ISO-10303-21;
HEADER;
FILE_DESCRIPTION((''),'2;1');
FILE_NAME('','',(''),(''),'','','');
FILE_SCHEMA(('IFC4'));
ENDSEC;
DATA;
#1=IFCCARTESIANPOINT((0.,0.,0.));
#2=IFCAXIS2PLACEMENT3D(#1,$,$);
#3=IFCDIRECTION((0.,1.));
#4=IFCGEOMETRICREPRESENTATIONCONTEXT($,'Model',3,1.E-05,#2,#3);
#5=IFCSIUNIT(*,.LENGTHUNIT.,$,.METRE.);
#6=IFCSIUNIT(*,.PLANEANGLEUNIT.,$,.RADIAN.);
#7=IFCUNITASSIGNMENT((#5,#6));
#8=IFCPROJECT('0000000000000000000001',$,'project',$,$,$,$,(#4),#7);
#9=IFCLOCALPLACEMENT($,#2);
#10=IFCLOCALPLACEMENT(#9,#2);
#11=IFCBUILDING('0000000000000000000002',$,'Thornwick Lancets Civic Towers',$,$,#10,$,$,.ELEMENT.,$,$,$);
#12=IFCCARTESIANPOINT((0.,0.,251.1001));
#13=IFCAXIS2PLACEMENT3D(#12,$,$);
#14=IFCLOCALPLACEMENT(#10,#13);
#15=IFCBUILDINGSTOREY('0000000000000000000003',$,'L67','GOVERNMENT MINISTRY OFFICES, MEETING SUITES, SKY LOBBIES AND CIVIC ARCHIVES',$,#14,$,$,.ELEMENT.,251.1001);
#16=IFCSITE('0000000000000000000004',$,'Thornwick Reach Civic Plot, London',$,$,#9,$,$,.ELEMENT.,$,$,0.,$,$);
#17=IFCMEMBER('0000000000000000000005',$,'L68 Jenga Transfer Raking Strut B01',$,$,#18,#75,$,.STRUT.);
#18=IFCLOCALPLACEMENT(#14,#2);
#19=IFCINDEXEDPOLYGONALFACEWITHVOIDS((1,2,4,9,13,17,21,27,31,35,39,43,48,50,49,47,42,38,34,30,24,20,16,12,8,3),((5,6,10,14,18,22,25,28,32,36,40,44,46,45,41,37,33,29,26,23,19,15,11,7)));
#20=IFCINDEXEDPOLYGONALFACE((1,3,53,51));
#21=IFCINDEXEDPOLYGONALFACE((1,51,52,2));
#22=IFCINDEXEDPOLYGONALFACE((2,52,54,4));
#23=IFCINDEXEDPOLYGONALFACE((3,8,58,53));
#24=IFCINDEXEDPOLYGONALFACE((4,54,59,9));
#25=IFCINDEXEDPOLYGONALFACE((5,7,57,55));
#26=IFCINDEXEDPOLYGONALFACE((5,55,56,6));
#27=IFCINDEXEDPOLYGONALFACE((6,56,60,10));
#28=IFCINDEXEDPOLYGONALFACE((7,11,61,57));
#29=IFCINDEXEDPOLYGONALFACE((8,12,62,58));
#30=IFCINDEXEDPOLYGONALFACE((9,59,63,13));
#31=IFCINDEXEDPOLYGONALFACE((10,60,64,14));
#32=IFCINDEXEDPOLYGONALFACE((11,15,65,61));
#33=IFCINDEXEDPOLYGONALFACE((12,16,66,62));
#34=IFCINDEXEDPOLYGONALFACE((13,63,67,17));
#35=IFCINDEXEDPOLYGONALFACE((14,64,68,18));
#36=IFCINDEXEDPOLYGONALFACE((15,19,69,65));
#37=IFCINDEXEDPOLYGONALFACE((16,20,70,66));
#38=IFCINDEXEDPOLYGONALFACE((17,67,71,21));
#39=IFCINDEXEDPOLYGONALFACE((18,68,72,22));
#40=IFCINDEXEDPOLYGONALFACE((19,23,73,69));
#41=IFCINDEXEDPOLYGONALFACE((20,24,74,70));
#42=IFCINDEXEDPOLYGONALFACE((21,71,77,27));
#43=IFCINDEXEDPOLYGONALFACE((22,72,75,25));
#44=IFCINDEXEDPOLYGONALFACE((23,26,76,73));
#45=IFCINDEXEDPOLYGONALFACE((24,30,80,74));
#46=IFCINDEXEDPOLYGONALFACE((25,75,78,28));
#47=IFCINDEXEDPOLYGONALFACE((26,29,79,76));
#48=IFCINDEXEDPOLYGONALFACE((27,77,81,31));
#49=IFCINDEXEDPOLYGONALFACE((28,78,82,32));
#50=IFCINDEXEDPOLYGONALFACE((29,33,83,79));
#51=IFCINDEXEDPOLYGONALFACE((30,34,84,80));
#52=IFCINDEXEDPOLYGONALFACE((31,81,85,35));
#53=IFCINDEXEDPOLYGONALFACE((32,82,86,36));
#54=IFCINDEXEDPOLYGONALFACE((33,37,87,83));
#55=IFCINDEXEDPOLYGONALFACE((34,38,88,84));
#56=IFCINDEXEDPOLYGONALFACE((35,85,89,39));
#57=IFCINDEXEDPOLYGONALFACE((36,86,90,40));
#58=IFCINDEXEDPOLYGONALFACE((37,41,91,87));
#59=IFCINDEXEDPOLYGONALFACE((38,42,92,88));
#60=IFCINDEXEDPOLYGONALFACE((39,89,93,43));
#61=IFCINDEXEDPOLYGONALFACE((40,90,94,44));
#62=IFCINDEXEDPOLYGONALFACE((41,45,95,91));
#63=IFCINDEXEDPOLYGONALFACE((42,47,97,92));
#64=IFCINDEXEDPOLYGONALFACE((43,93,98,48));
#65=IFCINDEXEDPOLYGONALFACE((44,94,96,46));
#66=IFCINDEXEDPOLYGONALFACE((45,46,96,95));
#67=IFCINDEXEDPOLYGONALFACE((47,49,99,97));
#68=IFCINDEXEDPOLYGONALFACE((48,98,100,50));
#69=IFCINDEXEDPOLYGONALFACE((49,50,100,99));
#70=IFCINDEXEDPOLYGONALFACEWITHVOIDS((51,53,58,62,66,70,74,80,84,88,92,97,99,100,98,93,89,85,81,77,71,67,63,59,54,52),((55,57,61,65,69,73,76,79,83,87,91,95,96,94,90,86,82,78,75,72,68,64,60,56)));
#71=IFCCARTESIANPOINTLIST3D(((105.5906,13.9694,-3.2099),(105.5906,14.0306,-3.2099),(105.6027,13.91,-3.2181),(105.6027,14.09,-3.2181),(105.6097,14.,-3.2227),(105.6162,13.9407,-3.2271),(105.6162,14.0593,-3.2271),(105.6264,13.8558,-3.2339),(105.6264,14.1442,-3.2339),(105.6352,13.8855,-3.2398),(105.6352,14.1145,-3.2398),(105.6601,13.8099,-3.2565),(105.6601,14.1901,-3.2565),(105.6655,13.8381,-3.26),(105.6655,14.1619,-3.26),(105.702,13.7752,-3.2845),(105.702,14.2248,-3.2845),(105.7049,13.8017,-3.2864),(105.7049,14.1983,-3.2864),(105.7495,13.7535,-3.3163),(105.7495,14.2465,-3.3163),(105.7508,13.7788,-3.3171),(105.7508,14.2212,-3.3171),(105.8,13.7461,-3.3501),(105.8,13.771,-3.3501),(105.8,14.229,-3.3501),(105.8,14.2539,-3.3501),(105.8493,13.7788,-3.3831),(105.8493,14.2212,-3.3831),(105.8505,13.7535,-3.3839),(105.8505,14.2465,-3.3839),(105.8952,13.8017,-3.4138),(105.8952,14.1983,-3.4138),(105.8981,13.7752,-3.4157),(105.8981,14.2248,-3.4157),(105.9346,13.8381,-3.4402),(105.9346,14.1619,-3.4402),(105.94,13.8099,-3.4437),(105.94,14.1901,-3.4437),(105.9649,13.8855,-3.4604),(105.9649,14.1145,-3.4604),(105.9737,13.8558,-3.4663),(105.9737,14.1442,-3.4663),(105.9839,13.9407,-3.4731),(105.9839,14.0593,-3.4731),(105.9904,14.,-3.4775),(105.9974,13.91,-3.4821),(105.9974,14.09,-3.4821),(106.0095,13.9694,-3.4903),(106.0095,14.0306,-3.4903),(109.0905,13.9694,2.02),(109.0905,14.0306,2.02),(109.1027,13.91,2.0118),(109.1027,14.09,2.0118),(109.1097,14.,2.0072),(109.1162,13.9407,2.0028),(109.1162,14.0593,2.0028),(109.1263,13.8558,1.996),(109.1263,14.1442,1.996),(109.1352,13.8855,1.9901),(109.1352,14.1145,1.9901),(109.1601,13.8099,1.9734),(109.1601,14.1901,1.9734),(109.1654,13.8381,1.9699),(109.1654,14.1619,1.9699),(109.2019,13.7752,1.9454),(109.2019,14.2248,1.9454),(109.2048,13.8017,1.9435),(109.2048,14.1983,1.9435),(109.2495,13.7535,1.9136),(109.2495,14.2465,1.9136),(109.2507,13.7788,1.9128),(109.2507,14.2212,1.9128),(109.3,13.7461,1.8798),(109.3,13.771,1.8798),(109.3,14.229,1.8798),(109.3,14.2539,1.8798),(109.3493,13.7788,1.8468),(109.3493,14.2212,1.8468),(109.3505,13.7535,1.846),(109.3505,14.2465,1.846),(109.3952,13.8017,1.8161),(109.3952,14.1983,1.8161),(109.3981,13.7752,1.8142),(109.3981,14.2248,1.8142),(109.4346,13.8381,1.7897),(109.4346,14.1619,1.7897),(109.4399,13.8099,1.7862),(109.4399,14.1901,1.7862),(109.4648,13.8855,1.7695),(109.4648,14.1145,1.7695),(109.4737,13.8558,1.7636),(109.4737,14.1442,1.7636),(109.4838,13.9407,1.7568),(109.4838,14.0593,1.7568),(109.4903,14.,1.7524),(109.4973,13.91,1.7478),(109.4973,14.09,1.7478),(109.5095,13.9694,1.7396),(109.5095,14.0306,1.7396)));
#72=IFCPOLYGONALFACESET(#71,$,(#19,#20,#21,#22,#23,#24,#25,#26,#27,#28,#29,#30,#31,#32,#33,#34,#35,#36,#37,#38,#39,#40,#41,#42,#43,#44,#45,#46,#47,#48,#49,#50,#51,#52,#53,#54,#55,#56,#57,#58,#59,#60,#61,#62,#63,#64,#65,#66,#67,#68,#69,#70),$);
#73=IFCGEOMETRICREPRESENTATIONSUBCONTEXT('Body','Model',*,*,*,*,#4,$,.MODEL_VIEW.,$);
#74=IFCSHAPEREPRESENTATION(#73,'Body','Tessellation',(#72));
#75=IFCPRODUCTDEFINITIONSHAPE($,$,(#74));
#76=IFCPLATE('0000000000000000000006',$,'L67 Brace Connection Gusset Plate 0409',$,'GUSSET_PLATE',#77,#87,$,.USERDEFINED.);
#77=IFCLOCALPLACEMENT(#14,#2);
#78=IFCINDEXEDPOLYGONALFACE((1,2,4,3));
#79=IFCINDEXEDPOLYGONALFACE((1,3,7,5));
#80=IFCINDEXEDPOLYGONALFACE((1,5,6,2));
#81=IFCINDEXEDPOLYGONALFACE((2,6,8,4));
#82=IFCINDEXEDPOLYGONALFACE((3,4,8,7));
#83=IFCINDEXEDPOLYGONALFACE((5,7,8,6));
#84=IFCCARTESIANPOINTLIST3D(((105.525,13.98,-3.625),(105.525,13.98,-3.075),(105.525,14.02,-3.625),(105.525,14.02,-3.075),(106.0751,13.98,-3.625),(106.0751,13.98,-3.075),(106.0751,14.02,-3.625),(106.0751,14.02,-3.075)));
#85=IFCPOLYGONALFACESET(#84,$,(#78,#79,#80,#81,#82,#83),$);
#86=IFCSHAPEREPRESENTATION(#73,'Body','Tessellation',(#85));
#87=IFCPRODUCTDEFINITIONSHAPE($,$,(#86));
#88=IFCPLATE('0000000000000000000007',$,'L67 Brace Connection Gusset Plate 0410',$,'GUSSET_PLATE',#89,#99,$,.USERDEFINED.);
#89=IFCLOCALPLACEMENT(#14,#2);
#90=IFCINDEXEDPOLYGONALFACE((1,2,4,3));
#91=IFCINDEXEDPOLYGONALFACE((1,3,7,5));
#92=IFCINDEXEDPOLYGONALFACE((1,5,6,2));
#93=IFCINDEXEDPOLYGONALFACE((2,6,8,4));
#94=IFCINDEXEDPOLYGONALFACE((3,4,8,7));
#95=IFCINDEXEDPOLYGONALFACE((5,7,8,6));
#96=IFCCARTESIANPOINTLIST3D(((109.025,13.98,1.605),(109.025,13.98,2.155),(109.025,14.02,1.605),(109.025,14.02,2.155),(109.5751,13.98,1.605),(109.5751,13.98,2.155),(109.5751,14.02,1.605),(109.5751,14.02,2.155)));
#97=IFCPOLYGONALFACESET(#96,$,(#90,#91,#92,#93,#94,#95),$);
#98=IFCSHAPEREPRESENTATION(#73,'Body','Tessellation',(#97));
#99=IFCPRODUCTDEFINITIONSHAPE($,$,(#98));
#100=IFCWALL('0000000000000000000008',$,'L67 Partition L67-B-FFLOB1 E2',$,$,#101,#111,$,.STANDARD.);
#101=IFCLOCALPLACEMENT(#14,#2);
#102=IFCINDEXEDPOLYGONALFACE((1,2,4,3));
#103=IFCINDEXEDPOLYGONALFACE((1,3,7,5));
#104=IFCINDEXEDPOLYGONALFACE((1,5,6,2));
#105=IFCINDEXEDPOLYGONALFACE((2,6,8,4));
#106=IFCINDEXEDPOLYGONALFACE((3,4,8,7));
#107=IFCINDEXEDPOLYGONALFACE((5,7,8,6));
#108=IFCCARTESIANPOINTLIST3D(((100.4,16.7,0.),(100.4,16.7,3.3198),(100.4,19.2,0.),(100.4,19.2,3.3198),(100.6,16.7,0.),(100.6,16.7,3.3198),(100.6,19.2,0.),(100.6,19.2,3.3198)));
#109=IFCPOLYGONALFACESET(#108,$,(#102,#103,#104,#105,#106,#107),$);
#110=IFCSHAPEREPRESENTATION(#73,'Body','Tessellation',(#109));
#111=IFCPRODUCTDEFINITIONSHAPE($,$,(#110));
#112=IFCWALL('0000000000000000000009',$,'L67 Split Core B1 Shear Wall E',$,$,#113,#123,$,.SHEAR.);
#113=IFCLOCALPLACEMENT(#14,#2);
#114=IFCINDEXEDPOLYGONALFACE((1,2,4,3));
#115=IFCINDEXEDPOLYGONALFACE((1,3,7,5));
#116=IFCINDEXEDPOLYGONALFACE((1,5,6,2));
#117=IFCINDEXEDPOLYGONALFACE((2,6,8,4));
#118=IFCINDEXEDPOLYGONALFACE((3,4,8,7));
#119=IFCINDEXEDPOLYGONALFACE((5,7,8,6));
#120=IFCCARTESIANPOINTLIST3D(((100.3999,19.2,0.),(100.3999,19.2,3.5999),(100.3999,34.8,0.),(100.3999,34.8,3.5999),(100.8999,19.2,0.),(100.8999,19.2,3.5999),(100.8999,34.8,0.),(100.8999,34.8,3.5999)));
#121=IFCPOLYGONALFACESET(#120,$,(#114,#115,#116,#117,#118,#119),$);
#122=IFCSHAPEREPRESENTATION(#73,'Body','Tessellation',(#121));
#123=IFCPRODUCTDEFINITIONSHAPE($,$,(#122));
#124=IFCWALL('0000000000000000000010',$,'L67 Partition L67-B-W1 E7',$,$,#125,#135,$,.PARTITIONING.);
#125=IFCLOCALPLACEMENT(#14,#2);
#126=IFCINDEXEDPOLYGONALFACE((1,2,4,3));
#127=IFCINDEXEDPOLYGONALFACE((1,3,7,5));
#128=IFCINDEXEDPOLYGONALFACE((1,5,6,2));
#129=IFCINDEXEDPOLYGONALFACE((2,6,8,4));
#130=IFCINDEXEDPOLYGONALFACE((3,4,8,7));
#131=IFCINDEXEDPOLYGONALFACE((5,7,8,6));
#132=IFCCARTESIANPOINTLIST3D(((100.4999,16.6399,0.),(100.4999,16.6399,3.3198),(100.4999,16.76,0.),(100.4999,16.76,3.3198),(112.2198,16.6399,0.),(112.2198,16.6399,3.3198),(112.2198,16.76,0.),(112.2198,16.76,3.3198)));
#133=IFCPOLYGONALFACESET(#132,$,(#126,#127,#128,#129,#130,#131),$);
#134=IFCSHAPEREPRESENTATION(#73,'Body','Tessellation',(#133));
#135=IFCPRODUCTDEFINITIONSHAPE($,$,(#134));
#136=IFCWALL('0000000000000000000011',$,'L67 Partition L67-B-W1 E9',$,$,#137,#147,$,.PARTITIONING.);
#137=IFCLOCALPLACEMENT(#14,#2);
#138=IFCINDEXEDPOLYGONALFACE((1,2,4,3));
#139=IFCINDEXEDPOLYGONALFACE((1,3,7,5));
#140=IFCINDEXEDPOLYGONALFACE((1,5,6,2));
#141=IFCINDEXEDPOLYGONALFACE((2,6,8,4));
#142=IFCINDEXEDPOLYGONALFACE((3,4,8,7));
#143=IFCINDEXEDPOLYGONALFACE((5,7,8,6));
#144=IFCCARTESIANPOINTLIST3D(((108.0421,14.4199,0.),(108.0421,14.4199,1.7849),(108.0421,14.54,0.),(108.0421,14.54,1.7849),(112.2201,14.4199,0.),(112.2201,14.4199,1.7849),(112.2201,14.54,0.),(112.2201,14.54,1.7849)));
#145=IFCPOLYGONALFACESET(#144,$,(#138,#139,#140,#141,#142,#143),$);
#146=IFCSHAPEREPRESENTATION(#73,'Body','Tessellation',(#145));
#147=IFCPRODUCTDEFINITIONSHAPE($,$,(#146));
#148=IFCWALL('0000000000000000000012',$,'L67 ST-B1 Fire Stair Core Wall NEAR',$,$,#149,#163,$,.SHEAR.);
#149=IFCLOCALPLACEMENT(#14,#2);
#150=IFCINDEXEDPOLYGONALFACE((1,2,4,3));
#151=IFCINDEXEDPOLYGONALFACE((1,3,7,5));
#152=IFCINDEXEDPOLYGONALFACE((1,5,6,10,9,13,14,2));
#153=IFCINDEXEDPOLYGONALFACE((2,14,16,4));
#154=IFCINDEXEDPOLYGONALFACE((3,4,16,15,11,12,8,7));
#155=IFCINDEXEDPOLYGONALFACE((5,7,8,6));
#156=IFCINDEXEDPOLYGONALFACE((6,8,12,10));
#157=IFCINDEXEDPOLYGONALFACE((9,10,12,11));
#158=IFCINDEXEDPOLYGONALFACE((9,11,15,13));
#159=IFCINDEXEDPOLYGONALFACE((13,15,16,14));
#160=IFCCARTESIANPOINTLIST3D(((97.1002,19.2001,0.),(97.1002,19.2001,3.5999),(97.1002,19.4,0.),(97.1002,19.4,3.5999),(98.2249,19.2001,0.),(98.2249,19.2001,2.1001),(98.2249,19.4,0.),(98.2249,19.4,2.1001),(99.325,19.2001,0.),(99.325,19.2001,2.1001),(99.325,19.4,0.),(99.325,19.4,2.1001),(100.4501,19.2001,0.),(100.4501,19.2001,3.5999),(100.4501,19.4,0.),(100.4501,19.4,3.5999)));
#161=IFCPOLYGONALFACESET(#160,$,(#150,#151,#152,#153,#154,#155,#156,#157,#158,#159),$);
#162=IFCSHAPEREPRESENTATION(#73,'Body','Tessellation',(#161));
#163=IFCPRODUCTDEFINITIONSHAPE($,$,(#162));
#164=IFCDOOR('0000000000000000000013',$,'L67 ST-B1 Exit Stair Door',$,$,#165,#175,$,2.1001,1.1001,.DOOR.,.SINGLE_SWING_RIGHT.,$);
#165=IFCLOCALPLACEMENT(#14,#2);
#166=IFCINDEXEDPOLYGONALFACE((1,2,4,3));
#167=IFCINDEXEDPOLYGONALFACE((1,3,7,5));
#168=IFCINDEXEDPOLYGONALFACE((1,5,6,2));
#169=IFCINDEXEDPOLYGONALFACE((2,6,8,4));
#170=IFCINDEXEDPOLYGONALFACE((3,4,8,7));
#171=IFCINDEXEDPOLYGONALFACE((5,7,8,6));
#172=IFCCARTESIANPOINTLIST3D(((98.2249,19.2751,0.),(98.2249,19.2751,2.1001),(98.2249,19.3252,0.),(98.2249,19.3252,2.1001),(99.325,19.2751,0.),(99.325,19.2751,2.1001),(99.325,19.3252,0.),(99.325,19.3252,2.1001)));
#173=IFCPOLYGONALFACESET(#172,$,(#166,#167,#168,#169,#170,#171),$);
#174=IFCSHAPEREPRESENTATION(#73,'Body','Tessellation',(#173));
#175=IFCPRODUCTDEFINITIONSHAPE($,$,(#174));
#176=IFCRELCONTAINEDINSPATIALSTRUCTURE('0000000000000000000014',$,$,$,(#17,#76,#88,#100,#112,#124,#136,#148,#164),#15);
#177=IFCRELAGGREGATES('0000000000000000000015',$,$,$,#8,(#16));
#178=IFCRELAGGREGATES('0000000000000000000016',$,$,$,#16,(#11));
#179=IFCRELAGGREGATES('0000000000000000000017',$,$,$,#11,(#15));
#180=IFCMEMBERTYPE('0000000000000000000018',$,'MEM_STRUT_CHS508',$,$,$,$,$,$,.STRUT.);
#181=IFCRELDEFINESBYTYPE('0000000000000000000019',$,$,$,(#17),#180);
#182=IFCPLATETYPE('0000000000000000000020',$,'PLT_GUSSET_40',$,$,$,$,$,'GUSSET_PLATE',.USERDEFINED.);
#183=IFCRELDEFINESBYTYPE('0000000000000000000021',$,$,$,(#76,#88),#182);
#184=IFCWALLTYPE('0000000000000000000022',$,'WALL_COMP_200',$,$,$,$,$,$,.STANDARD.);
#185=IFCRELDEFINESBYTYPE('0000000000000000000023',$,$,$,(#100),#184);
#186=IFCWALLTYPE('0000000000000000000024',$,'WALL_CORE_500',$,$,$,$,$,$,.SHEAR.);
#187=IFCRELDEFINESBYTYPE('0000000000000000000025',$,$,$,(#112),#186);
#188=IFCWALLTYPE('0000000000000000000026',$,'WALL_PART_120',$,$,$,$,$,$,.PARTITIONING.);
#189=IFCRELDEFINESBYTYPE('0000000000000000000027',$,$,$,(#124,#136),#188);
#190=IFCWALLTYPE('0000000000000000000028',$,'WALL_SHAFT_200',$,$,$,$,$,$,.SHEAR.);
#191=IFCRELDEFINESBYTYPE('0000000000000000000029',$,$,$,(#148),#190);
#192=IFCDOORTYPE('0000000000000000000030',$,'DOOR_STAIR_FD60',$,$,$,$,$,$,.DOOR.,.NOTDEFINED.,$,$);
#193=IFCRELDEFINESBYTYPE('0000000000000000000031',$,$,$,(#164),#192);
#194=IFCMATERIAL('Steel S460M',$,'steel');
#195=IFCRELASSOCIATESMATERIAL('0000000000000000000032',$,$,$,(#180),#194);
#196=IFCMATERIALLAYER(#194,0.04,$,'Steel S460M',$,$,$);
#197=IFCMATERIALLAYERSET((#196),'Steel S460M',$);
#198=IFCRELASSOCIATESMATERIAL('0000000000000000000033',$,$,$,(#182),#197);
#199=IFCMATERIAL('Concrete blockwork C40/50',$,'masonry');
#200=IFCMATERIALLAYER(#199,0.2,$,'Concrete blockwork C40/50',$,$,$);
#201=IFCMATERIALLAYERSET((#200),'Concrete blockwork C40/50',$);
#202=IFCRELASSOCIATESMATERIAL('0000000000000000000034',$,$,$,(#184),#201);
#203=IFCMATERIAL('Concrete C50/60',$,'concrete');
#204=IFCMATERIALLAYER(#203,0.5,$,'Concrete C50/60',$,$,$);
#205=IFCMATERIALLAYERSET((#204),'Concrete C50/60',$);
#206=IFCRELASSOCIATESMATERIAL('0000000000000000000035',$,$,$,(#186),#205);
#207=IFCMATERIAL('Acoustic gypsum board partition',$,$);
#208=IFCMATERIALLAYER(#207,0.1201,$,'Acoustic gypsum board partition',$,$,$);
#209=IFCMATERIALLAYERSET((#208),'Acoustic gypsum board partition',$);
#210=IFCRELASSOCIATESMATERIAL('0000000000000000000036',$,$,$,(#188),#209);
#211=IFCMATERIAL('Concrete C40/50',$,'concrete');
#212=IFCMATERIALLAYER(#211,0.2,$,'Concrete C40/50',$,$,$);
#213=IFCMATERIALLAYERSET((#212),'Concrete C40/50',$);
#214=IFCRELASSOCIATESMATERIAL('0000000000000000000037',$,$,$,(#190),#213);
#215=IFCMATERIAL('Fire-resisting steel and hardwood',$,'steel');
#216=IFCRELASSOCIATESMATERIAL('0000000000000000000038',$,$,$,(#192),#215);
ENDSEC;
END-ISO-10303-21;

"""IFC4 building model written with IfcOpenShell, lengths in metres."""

from ifc_helpers import new_model, si_unit, direction, frame, frame_2d, origin, origin_2d, place, context, subcontext, project, spatial, rectangle, hollow_circle, extrude, material, layer, layer_set, material_profile, profile_set, type_object, element, fill, save


model = new_model("IFC4")

# Units and contexts
model_context = context("Model", 3, precision=1e-05, world=origin(), true_north=direction((0.0, 1.0)))
body_context = subcontext(model_context, "Body", "Model", "MODEL_VIEW")
ifc_project = project(units=[si_unit("LENGTHUNIT", "METRE"), si_unit("PLANEANGLEUNIT", "RADIAN")], contexts=[model_context])

# Site, building, storey
site_placement = place(None, origin())
site = spatial("IfcSite", under=ifc_project, at=site_placement, Name="Thornwick Reach Civic Plot, London", CompositionType="ELEMENT", RefElevation=0.0)
building_placement = place(site_placement, origin())
building = spatial("IfcBuilding", under=site, at=building_placement, Name="Thornwick Lancets Civic Towers", CompositionType="ELEMENT")
storey_placement = place(building_placement, frame((0.0, 0.0, 251.1001)))
storey = spatial("IfcBuildingStorey", under=building, at=storey_placement, Name="L67", Description="GOVERNMENT MINISTRY OFFICES, MEETING SUITES, SKY LOBBIES AND CIVIC ARCHIVES", CompositionType="ELEMENT", Elevation=251.1001)

# Shared definitions
ifc_material_1 = material(Name="Concrete C50/60", Category="concrete")

# Shared definitions
ifc_material_2 = material(Name="Concrete C40/50", Category="concrete")

# Member
ifc_material_3 = material(Name="Steel S460M", Category="steel")
ifc_material_profile_1 = material_profile(ifc_material_3, hollow_circle(Radius=0.2539, WallThickness=0.0249, at=origin_2d()), Name="CHS 508x25")
ifc_profile_set_1 = profile_set([ifc_material_profile_1], Name="Steel S460M")
member_type = type_object("IfcMemberType", Name="MEM_STRUT_CHS508", PredefinedType="STRUT", material=ifc_profile_set_1)
member_placement = place(storey_placement, frame((105.8, 14.0, -3.3501), z_axis=(0.556168, 0.0, 0.83107), x_axis=(0.0, 1.0, 0.0)))
element("IfcMember", 1, at=member_placement, inside=storey, type_object=member_type, Name="L68 Jenga Transfer Raking Strut B01", PredefinedType="STRUT", context=body_context, shape_type="SweptSolid", body=[
    extrude(hollow_circle(Radius=0.2539, WallThickness=0.0249, at=origin_2d()), origin(), (0.0, 0.0, 1.0), 6.293),
])

# Plates
ifc_layer_1 = layer(ifc_material_3, 0.04, Name="Steel S460M")
ifc_layer_set_1 = layer_set([ifc_layer_1], Name="Steel S460M")
plate_type = type_object("IfcPlateType", Name="PLT_GUSSET_40", ElementType="GUSSET_PLATE", PredefinedType="USERDEFINED", material=ifc_layer_set_1)
for number, where, z_axis, x_axis, name in (
    (2, (105.8, 14.0, -3.625), (0.0, 0.0, 1.0), (1.0, 0.0, 0.0), "L67 Brace Connection Gusset Plate 0409"),
    (3, (109.3, 14.0, 1.605), (0.0, 0.0, 1.0), (1.0, 0.0, 0.0), "L67 Brace Connection Gusset Plate 0410"),
):
    element("IfcPlate", number, at=place(storey_placement, frame(where, z_axis=z_axis, x_axis=x_axis)), inside=storey, type_object=plate_type, Name=name, ObjectType="GUSSET_PLATE", PredefinedType="USERDEFINED", context=body_context, shape_type="SweptSolid", body=[
        extrude(rectangle(XDim=0.55, YDim=0.04, at=origin_2d()), origin(), (0.0, 0.0, 1.0), 0.55),
    ])

# Walls
ifc_material_4 = material(Name="Concrete blockwork C40/50", Category="masonry")
ifc_layer_2 = layer(ifc_material_4, 0.2, Name="Concrete blockwork C40/50")
ifc_layer_set_2 = layer_set([ifc_layer_2], Name="Concrete blockwork C40/50")
wall_type_1 = type_object("IfcWallType", Name="WALL_COMP_200", PredefinedType="STANDARD", material=ifc_layer_set_2)
wall_1_placement = place(storey_placement, frame((100.5, 16.7, 0.0), z_axis=(0.0, 0.0, 1.0), x_axis=(0.0, 1.0, 0.0)))
element("IfcWall", 4, at=wall_1_placement, inside=storey, type_object=wall_type_1, Name="L67 Partition L67-B-FFLOB1 E2", PredefinedType="STANDARD", context=body_context, shape_type="SweptSolid", body=[
    extrude(rectangle(XDim=2.5, YDim=0.2, at=frame_2d((1.25, 0.0))), origin(), (0.0, 0.0, 1.0), 3.3198),
])
ifc_layer_3 = layer(ifc_material_1, 0.5, Name="Concrete C50/60")
ifc_layer_set_3 = layer_set([ifc_layer_3], Name="Concrete C50/60")
wall_type_2 = type_object("IfcWallType", Name="WALL_CORE_500", PredefinedType="SHEAR", material=ifc_layer_set_3)
wall_2_placement = place(storey_placement, frame((100.6499, 19.2, 0.0), z_axis=(0.0, 0.0, 1.0), x_axis=(0.0, 1.0, 0.0)))
element("IfcWall", 5, at=wall_2_placement, inside=storey, type_object=wall_type_2, Name="L67 Split Core B1 Shear Wall E", PredefinedType="SHEAR", context=body_context, shape_type="SweptSolid", body=[
    extrude(rectangle(XDim=15.6001, YDim=0.5, at=frame_2d((7.8, 0.0))), origin(), (0.0, 0.0, 1.0), 3.5999),
])
ifc_material_5 = material(Name="Acoustic gypsum board partition")
ifc_layer_4 = layer(ifc_material_5, 0.1201, Name="Acoustic gypsum board partition")
ifc_layer_set_4 = layer_set([ifc_layer_4], Name="Acoustic gypsum board partition")
wall_type_3 = type_object("IfcWallType", Name="WALL_PART_120", PredefinedType="PARTITIONING", material=ifc_layer_set_4)
wall_3_placement = place(storey_placement, frame((100.5, 16.7, 0.0), z_axis=(0.0, 0.0, 1.0), x_axis=(1.0, 0.0, 0.0)))
element("IfcWall", 6, at=wall_3_placement, inside=storey, type_object=wall_type_3, Name="L67 Partition L67-B-W1 E7", PredefinedType="PARTITIONING", context=body_context, shape_type="SweptSolid", body=[
    extrude(rectangle(XDim=11.72, YDim=0.1201, at=frame_2d((5.8599, 0.0))), origin(), (0.0, 0.0, 1.0), 3.3198),
])
wall_4_placement = place(storey_placement, frame((112.22, 14.48, 0.0), z_axis=(0.0, 0.0, 1.0), x_axis=(-1.0, 0.0, 0.0)))
element("IfcWall", 7, at=wall_4_placement, inside=storey, type_object=wall_type_3, Name="L67 Partition L67-B-W1 E9", PredefinedType="PARTITIONING", context=body_context, shape_type="SweptSolid", body=[
    extrude(rectangle(XDim=4.178, YDim=0.1201, at=frame_2d((2.0889, 0.0))), origin(), (0.0, 0.0, 1.0), 1.7849),
])

# Wall, opening, door
ifc_layer_5 = layer(ifc_material_2, 0.2, Name="Concrete C40/50")
ifc_layer_set_5 = layer_set([ifc_layer_5], Name="Concrete C40/50")
wall_type_4 = type_object("IfcWallType", Name="WALL_SHAFT_200", PredefinedType="SHEAR", material=ifc_layer_set_5)
wall_5_placement = place(storey_placement, frame((100.45, 19.3, 0.0), z_axis=(0.0, 0.0, 1.0), x_axis=(-1.0, 0.0, 0.0)))
wall_5 = element("IfcWall", 8, at=wall_5_placement, inside=storey, type_object=wall_type_4, Name="L67 ST-B1 Fire Stair Core Wall NEAR", PredefinedType="SHEAR", context=body_context, shape_type="SweptSolid", body=[
    extrude(rectangle(XDim=3.3499, YDim=0.2, at=frame_2d((1.6748, 0.0))), origin(), (0.0, 0.0, 1.0), 3.5999),
])
opening_placement = place(wall_5_placement, frame((1.125, 0.0, 0.0)))
opening = element("IfcOpeningElement", 9, at=opening_placement, cuts=wall_5, PredefinedType="OPENING", context=body_context, shape_type="SweptSolid", body=[
    extrude(rectangle(XDim=1.1001, YDim=2.1001, at=frame_2d((0.55, 1.05))), frame((0.0, 0.1099, 0.0), z_axis=(0.0, -1.0, 0.0), x_axis=(1.0, 0.0, 0.0)), (0.0, 0.0, 1.0), 0.22),
])
ifc_material_6 = material(Name="Fire-resisting steel and hardwood", Category="steel")
door_type = type_object("IfcDoorType", Name="DOOR_STAIR_FD60", OperationType="NOTDEFINED", PredefinedType="DOOR", material=ifc_material_6)
door_placement = place(opening_placement, origin())
door = element("IfcDoor", 10, at=door_placement, inside=storey, type_object=door_type, Name="L67 ST-B1 Exit Stair Door", OperationType="SINGLE_SWING_RIGHT", OverallHeight=2.1001, OverallWidth=1.1001, PredefinedType="DOOR", context=body_context, shape_type="SweptSolid", body=[
    extrude(rectangle(XDim=1.1001, YDim=2.1001, at=frame_2d((0.55, 1.05))), frame((0.0, 0.0249, 0.0), z_axis=(0.0, -1.0, 0.0), x_axis=(1.0, 0.0, 0.0)), (0.0, 0.0, 1.0), 0.05),
])
fill(opening, door)

save(model, "model.ifc")
